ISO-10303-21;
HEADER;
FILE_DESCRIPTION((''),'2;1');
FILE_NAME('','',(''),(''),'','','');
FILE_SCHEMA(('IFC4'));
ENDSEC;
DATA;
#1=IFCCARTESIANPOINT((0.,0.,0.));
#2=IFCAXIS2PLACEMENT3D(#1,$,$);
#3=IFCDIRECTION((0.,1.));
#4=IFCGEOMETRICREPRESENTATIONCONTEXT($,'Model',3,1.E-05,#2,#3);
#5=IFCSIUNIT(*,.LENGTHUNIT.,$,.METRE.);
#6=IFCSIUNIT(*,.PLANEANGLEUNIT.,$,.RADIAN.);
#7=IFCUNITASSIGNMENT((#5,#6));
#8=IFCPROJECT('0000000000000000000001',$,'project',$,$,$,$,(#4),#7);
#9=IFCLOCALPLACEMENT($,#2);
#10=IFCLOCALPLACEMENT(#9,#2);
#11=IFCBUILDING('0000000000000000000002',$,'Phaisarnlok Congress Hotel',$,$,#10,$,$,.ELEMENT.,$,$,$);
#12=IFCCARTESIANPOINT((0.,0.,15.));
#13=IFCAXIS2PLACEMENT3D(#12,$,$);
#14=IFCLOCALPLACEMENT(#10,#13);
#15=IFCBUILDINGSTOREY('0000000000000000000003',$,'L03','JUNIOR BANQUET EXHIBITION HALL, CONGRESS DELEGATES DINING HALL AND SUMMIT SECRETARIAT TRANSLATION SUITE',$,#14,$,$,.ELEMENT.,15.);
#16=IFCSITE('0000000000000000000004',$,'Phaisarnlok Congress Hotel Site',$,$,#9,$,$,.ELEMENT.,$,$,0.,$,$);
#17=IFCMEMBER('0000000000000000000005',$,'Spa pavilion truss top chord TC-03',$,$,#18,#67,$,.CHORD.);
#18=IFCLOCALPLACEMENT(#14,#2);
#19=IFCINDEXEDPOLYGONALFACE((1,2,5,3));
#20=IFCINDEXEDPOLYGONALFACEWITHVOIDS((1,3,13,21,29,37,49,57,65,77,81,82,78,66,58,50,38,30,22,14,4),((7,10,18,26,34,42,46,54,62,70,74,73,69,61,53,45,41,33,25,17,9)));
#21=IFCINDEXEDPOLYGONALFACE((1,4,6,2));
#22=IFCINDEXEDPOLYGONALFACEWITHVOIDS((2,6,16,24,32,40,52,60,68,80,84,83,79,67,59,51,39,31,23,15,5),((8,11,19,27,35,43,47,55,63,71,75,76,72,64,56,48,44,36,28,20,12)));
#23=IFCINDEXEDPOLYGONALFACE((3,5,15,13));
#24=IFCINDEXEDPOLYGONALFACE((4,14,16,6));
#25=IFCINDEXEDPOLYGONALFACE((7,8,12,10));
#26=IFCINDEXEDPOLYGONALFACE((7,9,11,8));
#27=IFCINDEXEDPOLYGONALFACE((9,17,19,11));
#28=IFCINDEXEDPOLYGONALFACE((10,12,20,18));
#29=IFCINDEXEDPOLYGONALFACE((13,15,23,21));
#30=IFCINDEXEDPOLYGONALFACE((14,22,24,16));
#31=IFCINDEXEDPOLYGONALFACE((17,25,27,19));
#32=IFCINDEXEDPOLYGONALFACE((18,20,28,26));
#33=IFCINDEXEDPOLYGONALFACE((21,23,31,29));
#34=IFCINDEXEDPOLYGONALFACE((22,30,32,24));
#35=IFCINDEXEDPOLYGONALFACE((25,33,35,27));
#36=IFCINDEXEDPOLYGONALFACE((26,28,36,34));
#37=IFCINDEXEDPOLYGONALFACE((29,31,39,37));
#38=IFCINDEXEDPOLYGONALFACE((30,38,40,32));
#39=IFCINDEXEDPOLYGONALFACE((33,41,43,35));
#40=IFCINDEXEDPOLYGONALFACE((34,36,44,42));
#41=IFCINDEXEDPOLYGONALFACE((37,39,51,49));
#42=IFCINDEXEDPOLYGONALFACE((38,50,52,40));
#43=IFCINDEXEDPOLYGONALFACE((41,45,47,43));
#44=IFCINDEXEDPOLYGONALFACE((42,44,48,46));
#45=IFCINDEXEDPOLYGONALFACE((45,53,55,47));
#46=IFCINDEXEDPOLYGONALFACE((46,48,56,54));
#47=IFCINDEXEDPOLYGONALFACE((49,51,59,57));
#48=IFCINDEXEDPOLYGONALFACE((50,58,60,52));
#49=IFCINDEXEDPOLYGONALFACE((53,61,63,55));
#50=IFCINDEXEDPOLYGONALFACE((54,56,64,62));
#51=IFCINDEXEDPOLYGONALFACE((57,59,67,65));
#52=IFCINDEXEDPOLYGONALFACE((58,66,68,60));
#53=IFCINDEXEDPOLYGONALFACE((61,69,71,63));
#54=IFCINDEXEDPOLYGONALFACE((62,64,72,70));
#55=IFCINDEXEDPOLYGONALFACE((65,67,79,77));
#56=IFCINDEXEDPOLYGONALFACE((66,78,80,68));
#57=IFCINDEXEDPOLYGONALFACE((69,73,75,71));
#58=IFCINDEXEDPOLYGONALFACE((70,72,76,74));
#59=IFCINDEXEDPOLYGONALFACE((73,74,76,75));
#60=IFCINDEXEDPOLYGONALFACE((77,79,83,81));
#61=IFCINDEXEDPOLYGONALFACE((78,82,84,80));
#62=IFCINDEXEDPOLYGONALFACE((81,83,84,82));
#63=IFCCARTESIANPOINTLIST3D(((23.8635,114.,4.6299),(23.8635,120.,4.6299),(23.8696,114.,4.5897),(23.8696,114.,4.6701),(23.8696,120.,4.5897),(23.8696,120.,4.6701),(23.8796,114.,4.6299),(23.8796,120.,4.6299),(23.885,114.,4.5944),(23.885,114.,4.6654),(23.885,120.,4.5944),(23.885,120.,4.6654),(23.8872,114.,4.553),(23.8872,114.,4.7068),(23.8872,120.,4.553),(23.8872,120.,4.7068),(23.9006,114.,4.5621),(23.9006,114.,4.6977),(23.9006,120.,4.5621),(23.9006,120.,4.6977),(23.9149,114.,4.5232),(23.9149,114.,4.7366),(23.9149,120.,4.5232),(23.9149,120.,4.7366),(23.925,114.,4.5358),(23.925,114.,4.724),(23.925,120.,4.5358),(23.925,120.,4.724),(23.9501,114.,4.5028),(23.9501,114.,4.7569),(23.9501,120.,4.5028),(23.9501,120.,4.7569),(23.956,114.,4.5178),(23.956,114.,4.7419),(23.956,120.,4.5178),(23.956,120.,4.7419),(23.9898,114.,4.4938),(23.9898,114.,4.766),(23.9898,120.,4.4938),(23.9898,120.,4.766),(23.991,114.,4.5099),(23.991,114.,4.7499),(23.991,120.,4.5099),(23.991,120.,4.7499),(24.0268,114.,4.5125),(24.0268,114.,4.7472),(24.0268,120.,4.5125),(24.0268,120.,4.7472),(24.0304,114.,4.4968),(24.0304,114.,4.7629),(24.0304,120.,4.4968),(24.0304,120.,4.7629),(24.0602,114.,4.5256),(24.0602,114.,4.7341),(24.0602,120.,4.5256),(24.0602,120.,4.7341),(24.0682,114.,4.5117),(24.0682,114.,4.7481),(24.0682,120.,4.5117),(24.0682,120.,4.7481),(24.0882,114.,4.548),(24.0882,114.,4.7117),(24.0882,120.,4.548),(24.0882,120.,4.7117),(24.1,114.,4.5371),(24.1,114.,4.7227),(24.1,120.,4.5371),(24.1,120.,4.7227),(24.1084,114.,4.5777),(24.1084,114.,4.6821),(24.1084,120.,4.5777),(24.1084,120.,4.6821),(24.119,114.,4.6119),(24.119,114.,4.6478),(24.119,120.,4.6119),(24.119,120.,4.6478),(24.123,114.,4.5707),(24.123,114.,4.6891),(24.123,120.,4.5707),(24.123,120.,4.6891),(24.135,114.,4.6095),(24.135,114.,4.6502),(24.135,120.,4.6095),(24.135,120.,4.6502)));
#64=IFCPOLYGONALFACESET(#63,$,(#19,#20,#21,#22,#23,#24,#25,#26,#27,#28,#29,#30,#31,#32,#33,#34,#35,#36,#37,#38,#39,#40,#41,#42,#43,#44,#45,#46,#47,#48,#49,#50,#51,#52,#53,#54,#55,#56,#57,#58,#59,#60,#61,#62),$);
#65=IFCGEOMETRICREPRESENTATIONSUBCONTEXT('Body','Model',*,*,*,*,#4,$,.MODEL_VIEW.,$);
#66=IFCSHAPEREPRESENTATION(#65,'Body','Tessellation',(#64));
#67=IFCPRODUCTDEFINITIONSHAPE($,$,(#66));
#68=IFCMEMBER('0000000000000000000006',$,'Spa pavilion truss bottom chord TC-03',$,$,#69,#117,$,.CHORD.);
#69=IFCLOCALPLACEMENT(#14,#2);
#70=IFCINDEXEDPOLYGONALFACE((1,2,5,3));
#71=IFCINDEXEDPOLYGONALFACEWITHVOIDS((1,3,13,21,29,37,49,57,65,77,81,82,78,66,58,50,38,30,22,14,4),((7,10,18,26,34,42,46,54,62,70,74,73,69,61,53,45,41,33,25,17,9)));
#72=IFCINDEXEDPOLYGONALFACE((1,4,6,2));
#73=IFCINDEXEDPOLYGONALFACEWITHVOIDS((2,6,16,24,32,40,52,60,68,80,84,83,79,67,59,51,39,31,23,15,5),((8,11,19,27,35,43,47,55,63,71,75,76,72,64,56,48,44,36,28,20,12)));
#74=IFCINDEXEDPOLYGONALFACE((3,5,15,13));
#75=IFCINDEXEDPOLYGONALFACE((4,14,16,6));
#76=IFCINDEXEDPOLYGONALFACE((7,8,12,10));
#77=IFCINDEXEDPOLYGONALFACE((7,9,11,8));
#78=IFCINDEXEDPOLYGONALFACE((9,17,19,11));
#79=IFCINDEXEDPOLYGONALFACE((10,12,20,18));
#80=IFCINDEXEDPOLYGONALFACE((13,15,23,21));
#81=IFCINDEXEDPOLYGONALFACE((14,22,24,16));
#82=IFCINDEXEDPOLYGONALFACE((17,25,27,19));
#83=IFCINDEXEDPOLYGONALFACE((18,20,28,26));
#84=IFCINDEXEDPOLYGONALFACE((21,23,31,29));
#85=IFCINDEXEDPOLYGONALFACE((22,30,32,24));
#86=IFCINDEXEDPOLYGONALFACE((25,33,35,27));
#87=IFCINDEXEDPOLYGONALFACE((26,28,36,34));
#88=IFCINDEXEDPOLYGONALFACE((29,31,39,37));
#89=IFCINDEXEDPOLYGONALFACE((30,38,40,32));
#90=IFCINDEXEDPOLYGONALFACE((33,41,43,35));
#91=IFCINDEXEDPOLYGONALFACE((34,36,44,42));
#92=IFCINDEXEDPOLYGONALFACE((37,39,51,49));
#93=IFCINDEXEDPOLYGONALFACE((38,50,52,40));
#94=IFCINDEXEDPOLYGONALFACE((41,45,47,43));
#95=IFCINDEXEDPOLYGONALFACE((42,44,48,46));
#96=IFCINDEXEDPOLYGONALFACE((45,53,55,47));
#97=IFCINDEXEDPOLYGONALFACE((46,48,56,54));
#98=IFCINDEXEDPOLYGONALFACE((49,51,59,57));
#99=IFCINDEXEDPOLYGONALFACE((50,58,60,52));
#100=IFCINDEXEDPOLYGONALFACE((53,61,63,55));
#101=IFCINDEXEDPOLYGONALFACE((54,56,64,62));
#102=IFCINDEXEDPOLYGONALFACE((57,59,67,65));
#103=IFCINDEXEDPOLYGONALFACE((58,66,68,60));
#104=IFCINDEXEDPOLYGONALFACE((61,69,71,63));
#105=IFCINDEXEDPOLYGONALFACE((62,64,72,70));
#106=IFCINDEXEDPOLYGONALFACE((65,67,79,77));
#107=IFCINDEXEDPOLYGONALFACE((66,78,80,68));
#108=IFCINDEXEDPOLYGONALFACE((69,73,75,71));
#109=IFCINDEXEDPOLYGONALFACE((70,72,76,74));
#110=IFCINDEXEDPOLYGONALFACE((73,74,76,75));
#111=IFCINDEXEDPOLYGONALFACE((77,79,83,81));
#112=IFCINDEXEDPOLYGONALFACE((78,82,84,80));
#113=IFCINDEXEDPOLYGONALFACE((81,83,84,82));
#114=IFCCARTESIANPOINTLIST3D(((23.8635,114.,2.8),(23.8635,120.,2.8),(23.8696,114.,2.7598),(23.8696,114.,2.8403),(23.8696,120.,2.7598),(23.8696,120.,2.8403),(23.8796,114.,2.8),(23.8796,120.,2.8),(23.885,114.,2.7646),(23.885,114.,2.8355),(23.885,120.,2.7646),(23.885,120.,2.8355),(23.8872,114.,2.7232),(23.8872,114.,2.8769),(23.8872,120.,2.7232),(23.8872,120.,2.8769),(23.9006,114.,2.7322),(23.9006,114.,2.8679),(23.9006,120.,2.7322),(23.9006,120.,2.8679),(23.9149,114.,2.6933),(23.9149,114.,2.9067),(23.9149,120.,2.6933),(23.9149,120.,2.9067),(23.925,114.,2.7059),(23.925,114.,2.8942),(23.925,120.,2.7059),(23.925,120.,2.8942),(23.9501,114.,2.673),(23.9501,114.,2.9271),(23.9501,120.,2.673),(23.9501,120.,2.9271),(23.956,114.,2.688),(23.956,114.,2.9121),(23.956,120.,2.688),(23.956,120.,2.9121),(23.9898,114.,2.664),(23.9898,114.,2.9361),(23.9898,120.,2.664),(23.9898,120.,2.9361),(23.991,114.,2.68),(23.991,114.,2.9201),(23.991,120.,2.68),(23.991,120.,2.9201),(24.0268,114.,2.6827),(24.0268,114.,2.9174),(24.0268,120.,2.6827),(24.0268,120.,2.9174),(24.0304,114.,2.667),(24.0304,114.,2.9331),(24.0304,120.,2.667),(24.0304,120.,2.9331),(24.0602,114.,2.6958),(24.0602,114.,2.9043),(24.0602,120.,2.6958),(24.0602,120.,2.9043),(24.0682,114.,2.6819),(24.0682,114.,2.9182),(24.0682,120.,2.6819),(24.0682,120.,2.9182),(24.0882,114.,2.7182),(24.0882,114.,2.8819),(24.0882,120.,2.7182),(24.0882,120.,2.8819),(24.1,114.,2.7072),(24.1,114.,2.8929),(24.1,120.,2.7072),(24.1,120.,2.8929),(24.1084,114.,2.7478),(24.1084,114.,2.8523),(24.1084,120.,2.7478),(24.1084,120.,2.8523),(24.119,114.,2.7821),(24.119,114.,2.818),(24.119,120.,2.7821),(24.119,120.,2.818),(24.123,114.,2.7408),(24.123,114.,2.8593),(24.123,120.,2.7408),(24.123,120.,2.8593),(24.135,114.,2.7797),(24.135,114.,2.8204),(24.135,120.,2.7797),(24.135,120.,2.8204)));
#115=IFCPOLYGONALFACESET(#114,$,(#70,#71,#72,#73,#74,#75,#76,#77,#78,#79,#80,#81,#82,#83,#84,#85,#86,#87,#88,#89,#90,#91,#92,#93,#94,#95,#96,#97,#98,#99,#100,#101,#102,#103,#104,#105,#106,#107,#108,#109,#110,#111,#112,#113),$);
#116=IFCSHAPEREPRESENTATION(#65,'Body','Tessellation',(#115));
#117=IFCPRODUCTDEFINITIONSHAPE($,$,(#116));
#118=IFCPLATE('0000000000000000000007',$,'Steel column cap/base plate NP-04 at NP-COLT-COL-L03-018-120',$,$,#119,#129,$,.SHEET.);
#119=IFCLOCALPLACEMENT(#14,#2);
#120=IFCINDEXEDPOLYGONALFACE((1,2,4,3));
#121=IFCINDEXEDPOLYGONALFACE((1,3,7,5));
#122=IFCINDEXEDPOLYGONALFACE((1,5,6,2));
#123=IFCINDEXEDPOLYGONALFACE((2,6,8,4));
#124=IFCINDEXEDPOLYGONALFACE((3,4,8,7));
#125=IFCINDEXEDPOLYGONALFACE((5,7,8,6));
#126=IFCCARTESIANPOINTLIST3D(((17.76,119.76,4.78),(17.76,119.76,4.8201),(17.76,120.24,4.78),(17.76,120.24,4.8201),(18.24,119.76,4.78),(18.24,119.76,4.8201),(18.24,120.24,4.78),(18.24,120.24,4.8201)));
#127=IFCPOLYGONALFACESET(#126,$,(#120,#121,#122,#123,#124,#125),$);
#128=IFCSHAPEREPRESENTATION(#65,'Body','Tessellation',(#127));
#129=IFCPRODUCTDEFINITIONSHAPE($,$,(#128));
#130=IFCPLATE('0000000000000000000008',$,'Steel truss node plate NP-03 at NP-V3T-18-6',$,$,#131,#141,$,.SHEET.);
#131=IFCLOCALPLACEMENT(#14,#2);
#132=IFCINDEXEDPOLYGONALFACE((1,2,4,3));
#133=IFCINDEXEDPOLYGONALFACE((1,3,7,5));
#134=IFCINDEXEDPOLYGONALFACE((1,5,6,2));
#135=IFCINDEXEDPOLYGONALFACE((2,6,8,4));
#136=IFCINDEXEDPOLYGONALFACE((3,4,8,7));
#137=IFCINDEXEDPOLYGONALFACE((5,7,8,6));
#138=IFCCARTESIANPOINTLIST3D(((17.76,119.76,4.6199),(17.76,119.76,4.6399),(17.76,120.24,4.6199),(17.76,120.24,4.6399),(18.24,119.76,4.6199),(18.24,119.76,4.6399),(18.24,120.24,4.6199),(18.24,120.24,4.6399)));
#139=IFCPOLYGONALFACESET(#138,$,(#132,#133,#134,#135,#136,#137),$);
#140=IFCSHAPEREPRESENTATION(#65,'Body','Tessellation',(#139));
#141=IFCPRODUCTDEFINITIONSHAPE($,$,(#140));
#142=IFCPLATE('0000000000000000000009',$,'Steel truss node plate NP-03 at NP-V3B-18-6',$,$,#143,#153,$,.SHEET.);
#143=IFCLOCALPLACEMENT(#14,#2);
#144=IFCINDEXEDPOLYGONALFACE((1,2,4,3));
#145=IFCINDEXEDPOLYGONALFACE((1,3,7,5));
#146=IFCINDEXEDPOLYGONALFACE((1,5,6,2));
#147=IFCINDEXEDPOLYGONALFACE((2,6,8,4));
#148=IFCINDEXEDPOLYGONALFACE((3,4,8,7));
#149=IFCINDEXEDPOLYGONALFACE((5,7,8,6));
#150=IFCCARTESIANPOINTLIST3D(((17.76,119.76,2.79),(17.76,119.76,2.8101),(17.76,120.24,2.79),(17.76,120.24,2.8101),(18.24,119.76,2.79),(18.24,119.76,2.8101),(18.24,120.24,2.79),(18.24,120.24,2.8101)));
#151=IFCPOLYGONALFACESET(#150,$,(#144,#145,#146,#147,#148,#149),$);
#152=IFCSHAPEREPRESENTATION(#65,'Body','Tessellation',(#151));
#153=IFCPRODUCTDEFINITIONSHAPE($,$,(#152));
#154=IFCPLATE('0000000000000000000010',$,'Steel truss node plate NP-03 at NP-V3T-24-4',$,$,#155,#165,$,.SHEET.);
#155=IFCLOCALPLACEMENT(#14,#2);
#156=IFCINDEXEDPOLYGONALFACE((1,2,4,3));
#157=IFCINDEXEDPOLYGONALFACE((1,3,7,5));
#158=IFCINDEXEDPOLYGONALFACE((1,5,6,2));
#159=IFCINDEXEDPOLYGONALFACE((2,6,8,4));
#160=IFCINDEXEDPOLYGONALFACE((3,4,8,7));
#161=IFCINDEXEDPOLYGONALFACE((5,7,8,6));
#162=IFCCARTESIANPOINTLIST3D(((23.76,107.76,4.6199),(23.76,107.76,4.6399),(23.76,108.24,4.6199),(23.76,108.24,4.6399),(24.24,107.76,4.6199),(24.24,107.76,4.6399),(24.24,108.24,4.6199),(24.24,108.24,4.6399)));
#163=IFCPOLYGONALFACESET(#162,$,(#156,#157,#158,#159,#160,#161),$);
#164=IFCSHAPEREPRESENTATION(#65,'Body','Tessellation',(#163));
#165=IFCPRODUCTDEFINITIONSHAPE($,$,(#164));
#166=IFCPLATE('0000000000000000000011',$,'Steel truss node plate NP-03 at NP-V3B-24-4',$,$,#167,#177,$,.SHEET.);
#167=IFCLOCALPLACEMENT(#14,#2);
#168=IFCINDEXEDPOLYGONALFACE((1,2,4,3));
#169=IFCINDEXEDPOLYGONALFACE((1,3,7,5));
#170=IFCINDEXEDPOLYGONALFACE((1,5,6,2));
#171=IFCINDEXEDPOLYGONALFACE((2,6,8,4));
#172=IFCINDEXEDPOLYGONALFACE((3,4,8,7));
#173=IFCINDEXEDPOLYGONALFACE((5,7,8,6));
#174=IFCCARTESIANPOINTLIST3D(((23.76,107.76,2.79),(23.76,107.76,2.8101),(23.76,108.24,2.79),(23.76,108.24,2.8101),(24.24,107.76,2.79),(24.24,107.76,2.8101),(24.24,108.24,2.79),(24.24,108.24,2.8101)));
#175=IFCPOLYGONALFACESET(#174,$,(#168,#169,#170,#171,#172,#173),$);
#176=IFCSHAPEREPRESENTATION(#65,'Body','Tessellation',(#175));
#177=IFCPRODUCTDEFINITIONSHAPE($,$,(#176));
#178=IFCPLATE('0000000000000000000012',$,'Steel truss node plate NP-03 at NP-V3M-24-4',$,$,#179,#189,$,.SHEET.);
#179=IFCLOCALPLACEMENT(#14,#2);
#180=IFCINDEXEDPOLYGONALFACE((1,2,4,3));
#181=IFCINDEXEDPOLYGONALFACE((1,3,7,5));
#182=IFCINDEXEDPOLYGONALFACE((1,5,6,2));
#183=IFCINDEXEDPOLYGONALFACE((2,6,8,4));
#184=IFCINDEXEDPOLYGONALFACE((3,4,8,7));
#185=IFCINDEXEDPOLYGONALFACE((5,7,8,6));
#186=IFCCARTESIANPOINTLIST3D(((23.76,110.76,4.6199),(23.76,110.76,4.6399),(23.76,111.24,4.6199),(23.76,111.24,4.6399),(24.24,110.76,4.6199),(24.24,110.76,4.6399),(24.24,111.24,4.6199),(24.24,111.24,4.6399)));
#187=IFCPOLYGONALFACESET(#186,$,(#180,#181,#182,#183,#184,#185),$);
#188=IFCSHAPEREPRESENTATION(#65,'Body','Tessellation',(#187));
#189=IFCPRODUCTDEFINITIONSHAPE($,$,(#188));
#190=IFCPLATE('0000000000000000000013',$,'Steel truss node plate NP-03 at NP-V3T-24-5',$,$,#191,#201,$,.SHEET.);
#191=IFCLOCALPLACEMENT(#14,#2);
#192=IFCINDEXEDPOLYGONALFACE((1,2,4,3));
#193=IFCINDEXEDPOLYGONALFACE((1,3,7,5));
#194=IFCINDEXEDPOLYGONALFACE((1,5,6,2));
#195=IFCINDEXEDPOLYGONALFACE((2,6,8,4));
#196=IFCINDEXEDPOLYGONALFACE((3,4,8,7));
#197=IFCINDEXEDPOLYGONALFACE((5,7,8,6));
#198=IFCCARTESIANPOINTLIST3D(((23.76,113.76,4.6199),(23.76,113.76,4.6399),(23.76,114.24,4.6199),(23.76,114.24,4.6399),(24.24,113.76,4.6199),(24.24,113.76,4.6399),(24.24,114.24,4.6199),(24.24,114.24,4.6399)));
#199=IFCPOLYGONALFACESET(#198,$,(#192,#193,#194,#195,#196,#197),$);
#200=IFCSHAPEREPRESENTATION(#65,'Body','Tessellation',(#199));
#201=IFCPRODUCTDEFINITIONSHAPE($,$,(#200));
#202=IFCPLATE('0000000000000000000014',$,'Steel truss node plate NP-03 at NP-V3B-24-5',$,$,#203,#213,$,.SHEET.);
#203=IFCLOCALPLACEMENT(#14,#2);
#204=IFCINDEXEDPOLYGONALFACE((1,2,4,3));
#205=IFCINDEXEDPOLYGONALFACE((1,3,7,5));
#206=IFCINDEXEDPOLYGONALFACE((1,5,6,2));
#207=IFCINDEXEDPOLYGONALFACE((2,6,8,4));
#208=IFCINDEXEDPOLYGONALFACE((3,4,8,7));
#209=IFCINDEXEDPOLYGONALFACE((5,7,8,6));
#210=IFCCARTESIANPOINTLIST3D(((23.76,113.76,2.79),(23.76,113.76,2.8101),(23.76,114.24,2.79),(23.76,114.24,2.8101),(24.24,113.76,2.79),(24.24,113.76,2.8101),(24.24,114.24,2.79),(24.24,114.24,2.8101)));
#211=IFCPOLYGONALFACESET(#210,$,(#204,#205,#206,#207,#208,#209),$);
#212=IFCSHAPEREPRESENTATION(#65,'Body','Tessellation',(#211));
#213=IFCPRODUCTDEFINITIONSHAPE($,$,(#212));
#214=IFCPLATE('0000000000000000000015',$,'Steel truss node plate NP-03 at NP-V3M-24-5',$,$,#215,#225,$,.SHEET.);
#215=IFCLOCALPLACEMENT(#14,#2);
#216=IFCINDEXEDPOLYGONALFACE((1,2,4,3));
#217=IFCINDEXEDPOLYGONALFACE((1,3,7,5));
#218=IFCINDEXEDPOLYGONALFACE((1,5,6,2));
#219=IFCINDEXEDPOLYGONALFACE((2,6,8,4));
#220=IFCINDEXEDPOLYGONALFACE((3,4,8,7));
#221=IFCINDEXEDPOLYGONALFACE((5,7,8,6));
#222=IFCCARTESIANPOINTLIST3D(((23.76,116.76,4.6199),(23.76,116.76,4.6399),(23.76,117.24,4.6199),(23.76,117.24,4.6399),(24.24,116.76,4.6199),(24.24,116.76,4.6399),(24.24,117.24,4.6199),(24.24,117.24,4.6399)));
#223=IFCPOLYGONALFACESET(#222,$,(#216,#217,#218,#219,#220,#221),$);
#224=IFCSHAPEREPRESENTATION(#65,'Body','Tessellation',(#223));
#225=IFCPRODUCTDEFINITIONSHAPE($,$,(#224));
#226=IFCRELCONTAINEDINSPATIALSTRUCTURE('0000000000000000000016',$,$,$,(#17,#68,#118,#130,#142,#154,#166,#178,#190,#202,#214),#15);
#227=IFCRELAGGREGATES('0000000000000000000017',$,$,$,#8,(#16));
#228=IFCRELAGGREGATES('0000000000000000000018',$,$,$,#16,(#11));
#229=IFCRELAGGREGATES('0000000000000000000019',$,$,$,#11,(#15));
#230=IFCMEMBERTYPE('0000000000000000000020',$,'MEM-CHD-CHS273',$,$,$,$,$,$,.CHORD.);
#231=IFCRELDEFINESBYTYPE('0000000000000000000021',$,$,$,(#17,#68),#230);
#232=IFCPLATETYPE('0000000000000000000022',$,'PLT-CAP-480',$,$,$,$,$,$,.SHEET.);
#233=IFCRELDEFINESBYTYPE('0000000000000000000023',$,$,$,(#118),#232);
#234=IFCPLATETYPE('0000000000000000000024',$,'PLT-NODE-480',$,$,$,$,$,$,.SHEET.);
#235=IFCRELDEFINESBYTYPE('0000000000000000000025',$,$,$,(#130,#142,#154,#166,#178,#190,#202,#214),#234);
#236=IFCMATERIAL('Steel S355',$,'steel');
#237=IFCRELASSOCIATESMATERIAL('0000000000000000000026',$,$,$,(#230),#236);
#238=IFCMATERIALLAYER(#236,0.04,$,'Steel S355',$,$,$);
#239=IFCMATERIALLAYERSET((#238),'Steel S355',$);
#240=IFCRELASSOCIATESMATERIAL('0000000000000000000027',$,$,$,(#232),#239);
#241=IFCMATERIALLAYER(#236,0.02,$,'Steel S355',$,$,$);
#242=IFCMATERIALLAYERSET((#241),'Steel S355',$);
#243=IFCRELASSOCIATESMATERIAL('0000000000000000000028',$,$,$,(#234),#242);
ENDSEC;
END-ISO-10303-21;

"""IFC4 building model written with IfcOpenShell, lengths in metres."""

from ifc_helpers import new_model, si_unit, direction, frame, origin, origin_2d, place, context, subcontext, project, spatial, rectangle, hollow_circle, extrude, material, layer, layer_set, material_profile, profile_set, type_object, element, save


model = new_model("IFC4")

# Units and contexts
model_context = context("Model", 3, precision=1e-05, world=origin(), true_north=direction((0.0, 1.0)))
body_context = subcontext(model_context, "Body", "Model", "MODEL_VIEW")
ifc_project = project(units=[si_unit("LENGTHUNIT", "METRE"), si_unit("PLANEANGLEUNIT", "RADIAN")], contexts=[model_context])

# Site, building, storey
site_placement = place(None, origin())
site = spatial("IfcSite", under=ifc_project, at=site_placement, Name="Phaisarnlok Congress Hotel Site", CompositionType="ELEMENT", RefElevation=0.0)
building_placement = place(site_placement, origin())
building = spatial("IfcBuilding", under=site, at=building_placement, Name="Phaisarnlok Congress Hotel", CompositionType="ELEMENT")
storey_placement = place(building_placement, frame((0.0, 0.0, 15.0)))
storey = spatial("IfcBuildingStorey", under=building, at=storey_placement, Name="L03", Description="JUNIOR BANQUET EXHIBITION HALL, CONGRESS DELEGATES DINING HALL AND SUMMIT SECRETARIAT TRANSLATION SUITE", CompositionType="ELEMENT", Elevation=15.0)

# Members
ifc_material_1 = material(Name="Steel S355", Category="steel")
ifc_material_profile_1 = material_profile(ifc_material_1, hollow_circle(Radius=0.1365, WallThickness=0.0161, at=origin_2d()), Name="CHS 273x16")
ifc_profile_set_1 = profile_set([ifc_material_profile_1], Name="Steel S355")
member_type_1 = type_object("IfcMemberType", Name="MEM-CHD-CHS273", PredefinedType="CHORD", material=ifc_profile_set_1)
for number, where, z_axis, x_axis, name in (
    (1, (24.0, 114.0, 4.6299), (0.0, 1.0, 0.0), (-1.0, 0.0, 0.0), "Spa pavilion truss top chord TC-03"),
    (2, (24.0, 114.0, 2.8), (0.0, 1.0, 0.0), (-1.0, 0.0, 0.0), "Spa pavilion truss bottom chord TC-03"),
):
    element("IfcMember", number, at=place(storey_placement, frame(where, z_axis=z_axis, x_axis=x_axis)), inside=storey, type_object=member_type_1, Name=name, PredefinedType="CHORD", context=body_context, shape_type="SweptSolid", body=[
        extrude(hollow_circle(Radius=0.1365, WallThickness=0.0161, at=origin_2d()), origin(), (0.0, 0.0, 1.0), 6.0),
    ])

# Plates
ifc_layer_1 = layer(ifc_material_1, 0.04, Name="Steel S355")
ifc_layer_set_1 = layer_set([ifc_layer_1], Name="Steel S355")
plate_type_1 = type_object("IfcPlateType", Name="PLT-CAP-480", PredefinedType="SHEET", material=ifc_layer_set_1)
plate_placement = place(storey_placement, frame((18.0, 120.0, 4.78), z_axis=(0.0, 0.0, 1.0), x_axis=(1.0, 0.0, 0.0)))
element("IfcPlate", 3, at=plate_placement, inside=storey, type_object=plate_type_1, Name="Steel column cap/base plate NP-04 at NP-COLT-COL-L03-018-120", PredefinedType="SHEET", context=body_context, shape_type="SweptSolid", body=[
    extrude(rectangle(XDim=0.48, YDim=0.48, at=origin_2d()), origin(), (0.0, 0.0, 1.0), 0.04),
])
ifc_layer_2 = layer(ifc_material_1, 0.02, Name="Steel S355")
ifc_layer_set_2 = layer_set([ifc_layer_2], Name="Steel S355")
plate_type_2 = type_object("IfcPlateType", Name="PLT-NODE-480", PredefinedType="SHEET", material=ifc_layer_set_2)
for number, where, z_axis, x_axis, name in (
    (4, (18.0, 120.0, 4.6199), (0.0, 0.0, 1.0), (1.0, 0.0, 0.0), "Steel truss node plate NP-03 at NP-V3T-18-6"),
    (5, (18.0, 120.0, 2.79), (0.0, 0.0, 1.0), (1.0, 0.0, 0.0), "Steel truss node plate NP-03 at NP-V3B-18-6"),
    (6, (24.0, 108.0, 4.6199), (0.0, 0.0, 1.0), (1.0, 0.0, 0.0), "Steel truss node plate NP-03 at NP-V3T-24-4"),
    (7, (24.0, 108.0, 2.79), (0.0, 0.0, 1.0), (1.0, 0.0, 0.0), "Steel truss node plate NP-03 at NP-V3B-24-4"),
    (8, (24.0, 111.0, 4.6199), (0.0, 0.0, 1.0), (1.0, 0.0, 0.0), "Steel truss node plate NP-03 at NP-V3M-24-4"),
    (9, (24.0, 114.0, 4.6199), (0.0, 0.0, 1.0), (1.0, 0.0, 0.0), "Steel truss node plate NP-03 at NP-V3T-24-5"),
    (10, (24.0, 114.0, 2.79), (0.0, 0.0, 1.0), (1.0, 0.0, 0.0), "Steel truss node plate NP-03 at NP-V3B-24-5"),
    (11, (24.0, 117.0, 4.6199), (0.0, 0.0, 1.0), (1.0, 0.0, 0.0), "Steel truss node plate NP-03 at NP-V3M-24-5"),
):
    element("IfcPlate", number, at=place(storey_placement, frame(where, z_axis=z_axis, x_axis=x_axis)), inside=storey, type_object=plate_type_2, Name=name, PredefinedType="SHEET", context=body_context, shape_type="SweptSolid", body=[
        extrude(rectangle(XDim=0.48, YDim=0.48, at=origin_2d()), origin(), (0.0, 0.0, 1.0), 0.02),
    ])

save(model, "model.ifc")
